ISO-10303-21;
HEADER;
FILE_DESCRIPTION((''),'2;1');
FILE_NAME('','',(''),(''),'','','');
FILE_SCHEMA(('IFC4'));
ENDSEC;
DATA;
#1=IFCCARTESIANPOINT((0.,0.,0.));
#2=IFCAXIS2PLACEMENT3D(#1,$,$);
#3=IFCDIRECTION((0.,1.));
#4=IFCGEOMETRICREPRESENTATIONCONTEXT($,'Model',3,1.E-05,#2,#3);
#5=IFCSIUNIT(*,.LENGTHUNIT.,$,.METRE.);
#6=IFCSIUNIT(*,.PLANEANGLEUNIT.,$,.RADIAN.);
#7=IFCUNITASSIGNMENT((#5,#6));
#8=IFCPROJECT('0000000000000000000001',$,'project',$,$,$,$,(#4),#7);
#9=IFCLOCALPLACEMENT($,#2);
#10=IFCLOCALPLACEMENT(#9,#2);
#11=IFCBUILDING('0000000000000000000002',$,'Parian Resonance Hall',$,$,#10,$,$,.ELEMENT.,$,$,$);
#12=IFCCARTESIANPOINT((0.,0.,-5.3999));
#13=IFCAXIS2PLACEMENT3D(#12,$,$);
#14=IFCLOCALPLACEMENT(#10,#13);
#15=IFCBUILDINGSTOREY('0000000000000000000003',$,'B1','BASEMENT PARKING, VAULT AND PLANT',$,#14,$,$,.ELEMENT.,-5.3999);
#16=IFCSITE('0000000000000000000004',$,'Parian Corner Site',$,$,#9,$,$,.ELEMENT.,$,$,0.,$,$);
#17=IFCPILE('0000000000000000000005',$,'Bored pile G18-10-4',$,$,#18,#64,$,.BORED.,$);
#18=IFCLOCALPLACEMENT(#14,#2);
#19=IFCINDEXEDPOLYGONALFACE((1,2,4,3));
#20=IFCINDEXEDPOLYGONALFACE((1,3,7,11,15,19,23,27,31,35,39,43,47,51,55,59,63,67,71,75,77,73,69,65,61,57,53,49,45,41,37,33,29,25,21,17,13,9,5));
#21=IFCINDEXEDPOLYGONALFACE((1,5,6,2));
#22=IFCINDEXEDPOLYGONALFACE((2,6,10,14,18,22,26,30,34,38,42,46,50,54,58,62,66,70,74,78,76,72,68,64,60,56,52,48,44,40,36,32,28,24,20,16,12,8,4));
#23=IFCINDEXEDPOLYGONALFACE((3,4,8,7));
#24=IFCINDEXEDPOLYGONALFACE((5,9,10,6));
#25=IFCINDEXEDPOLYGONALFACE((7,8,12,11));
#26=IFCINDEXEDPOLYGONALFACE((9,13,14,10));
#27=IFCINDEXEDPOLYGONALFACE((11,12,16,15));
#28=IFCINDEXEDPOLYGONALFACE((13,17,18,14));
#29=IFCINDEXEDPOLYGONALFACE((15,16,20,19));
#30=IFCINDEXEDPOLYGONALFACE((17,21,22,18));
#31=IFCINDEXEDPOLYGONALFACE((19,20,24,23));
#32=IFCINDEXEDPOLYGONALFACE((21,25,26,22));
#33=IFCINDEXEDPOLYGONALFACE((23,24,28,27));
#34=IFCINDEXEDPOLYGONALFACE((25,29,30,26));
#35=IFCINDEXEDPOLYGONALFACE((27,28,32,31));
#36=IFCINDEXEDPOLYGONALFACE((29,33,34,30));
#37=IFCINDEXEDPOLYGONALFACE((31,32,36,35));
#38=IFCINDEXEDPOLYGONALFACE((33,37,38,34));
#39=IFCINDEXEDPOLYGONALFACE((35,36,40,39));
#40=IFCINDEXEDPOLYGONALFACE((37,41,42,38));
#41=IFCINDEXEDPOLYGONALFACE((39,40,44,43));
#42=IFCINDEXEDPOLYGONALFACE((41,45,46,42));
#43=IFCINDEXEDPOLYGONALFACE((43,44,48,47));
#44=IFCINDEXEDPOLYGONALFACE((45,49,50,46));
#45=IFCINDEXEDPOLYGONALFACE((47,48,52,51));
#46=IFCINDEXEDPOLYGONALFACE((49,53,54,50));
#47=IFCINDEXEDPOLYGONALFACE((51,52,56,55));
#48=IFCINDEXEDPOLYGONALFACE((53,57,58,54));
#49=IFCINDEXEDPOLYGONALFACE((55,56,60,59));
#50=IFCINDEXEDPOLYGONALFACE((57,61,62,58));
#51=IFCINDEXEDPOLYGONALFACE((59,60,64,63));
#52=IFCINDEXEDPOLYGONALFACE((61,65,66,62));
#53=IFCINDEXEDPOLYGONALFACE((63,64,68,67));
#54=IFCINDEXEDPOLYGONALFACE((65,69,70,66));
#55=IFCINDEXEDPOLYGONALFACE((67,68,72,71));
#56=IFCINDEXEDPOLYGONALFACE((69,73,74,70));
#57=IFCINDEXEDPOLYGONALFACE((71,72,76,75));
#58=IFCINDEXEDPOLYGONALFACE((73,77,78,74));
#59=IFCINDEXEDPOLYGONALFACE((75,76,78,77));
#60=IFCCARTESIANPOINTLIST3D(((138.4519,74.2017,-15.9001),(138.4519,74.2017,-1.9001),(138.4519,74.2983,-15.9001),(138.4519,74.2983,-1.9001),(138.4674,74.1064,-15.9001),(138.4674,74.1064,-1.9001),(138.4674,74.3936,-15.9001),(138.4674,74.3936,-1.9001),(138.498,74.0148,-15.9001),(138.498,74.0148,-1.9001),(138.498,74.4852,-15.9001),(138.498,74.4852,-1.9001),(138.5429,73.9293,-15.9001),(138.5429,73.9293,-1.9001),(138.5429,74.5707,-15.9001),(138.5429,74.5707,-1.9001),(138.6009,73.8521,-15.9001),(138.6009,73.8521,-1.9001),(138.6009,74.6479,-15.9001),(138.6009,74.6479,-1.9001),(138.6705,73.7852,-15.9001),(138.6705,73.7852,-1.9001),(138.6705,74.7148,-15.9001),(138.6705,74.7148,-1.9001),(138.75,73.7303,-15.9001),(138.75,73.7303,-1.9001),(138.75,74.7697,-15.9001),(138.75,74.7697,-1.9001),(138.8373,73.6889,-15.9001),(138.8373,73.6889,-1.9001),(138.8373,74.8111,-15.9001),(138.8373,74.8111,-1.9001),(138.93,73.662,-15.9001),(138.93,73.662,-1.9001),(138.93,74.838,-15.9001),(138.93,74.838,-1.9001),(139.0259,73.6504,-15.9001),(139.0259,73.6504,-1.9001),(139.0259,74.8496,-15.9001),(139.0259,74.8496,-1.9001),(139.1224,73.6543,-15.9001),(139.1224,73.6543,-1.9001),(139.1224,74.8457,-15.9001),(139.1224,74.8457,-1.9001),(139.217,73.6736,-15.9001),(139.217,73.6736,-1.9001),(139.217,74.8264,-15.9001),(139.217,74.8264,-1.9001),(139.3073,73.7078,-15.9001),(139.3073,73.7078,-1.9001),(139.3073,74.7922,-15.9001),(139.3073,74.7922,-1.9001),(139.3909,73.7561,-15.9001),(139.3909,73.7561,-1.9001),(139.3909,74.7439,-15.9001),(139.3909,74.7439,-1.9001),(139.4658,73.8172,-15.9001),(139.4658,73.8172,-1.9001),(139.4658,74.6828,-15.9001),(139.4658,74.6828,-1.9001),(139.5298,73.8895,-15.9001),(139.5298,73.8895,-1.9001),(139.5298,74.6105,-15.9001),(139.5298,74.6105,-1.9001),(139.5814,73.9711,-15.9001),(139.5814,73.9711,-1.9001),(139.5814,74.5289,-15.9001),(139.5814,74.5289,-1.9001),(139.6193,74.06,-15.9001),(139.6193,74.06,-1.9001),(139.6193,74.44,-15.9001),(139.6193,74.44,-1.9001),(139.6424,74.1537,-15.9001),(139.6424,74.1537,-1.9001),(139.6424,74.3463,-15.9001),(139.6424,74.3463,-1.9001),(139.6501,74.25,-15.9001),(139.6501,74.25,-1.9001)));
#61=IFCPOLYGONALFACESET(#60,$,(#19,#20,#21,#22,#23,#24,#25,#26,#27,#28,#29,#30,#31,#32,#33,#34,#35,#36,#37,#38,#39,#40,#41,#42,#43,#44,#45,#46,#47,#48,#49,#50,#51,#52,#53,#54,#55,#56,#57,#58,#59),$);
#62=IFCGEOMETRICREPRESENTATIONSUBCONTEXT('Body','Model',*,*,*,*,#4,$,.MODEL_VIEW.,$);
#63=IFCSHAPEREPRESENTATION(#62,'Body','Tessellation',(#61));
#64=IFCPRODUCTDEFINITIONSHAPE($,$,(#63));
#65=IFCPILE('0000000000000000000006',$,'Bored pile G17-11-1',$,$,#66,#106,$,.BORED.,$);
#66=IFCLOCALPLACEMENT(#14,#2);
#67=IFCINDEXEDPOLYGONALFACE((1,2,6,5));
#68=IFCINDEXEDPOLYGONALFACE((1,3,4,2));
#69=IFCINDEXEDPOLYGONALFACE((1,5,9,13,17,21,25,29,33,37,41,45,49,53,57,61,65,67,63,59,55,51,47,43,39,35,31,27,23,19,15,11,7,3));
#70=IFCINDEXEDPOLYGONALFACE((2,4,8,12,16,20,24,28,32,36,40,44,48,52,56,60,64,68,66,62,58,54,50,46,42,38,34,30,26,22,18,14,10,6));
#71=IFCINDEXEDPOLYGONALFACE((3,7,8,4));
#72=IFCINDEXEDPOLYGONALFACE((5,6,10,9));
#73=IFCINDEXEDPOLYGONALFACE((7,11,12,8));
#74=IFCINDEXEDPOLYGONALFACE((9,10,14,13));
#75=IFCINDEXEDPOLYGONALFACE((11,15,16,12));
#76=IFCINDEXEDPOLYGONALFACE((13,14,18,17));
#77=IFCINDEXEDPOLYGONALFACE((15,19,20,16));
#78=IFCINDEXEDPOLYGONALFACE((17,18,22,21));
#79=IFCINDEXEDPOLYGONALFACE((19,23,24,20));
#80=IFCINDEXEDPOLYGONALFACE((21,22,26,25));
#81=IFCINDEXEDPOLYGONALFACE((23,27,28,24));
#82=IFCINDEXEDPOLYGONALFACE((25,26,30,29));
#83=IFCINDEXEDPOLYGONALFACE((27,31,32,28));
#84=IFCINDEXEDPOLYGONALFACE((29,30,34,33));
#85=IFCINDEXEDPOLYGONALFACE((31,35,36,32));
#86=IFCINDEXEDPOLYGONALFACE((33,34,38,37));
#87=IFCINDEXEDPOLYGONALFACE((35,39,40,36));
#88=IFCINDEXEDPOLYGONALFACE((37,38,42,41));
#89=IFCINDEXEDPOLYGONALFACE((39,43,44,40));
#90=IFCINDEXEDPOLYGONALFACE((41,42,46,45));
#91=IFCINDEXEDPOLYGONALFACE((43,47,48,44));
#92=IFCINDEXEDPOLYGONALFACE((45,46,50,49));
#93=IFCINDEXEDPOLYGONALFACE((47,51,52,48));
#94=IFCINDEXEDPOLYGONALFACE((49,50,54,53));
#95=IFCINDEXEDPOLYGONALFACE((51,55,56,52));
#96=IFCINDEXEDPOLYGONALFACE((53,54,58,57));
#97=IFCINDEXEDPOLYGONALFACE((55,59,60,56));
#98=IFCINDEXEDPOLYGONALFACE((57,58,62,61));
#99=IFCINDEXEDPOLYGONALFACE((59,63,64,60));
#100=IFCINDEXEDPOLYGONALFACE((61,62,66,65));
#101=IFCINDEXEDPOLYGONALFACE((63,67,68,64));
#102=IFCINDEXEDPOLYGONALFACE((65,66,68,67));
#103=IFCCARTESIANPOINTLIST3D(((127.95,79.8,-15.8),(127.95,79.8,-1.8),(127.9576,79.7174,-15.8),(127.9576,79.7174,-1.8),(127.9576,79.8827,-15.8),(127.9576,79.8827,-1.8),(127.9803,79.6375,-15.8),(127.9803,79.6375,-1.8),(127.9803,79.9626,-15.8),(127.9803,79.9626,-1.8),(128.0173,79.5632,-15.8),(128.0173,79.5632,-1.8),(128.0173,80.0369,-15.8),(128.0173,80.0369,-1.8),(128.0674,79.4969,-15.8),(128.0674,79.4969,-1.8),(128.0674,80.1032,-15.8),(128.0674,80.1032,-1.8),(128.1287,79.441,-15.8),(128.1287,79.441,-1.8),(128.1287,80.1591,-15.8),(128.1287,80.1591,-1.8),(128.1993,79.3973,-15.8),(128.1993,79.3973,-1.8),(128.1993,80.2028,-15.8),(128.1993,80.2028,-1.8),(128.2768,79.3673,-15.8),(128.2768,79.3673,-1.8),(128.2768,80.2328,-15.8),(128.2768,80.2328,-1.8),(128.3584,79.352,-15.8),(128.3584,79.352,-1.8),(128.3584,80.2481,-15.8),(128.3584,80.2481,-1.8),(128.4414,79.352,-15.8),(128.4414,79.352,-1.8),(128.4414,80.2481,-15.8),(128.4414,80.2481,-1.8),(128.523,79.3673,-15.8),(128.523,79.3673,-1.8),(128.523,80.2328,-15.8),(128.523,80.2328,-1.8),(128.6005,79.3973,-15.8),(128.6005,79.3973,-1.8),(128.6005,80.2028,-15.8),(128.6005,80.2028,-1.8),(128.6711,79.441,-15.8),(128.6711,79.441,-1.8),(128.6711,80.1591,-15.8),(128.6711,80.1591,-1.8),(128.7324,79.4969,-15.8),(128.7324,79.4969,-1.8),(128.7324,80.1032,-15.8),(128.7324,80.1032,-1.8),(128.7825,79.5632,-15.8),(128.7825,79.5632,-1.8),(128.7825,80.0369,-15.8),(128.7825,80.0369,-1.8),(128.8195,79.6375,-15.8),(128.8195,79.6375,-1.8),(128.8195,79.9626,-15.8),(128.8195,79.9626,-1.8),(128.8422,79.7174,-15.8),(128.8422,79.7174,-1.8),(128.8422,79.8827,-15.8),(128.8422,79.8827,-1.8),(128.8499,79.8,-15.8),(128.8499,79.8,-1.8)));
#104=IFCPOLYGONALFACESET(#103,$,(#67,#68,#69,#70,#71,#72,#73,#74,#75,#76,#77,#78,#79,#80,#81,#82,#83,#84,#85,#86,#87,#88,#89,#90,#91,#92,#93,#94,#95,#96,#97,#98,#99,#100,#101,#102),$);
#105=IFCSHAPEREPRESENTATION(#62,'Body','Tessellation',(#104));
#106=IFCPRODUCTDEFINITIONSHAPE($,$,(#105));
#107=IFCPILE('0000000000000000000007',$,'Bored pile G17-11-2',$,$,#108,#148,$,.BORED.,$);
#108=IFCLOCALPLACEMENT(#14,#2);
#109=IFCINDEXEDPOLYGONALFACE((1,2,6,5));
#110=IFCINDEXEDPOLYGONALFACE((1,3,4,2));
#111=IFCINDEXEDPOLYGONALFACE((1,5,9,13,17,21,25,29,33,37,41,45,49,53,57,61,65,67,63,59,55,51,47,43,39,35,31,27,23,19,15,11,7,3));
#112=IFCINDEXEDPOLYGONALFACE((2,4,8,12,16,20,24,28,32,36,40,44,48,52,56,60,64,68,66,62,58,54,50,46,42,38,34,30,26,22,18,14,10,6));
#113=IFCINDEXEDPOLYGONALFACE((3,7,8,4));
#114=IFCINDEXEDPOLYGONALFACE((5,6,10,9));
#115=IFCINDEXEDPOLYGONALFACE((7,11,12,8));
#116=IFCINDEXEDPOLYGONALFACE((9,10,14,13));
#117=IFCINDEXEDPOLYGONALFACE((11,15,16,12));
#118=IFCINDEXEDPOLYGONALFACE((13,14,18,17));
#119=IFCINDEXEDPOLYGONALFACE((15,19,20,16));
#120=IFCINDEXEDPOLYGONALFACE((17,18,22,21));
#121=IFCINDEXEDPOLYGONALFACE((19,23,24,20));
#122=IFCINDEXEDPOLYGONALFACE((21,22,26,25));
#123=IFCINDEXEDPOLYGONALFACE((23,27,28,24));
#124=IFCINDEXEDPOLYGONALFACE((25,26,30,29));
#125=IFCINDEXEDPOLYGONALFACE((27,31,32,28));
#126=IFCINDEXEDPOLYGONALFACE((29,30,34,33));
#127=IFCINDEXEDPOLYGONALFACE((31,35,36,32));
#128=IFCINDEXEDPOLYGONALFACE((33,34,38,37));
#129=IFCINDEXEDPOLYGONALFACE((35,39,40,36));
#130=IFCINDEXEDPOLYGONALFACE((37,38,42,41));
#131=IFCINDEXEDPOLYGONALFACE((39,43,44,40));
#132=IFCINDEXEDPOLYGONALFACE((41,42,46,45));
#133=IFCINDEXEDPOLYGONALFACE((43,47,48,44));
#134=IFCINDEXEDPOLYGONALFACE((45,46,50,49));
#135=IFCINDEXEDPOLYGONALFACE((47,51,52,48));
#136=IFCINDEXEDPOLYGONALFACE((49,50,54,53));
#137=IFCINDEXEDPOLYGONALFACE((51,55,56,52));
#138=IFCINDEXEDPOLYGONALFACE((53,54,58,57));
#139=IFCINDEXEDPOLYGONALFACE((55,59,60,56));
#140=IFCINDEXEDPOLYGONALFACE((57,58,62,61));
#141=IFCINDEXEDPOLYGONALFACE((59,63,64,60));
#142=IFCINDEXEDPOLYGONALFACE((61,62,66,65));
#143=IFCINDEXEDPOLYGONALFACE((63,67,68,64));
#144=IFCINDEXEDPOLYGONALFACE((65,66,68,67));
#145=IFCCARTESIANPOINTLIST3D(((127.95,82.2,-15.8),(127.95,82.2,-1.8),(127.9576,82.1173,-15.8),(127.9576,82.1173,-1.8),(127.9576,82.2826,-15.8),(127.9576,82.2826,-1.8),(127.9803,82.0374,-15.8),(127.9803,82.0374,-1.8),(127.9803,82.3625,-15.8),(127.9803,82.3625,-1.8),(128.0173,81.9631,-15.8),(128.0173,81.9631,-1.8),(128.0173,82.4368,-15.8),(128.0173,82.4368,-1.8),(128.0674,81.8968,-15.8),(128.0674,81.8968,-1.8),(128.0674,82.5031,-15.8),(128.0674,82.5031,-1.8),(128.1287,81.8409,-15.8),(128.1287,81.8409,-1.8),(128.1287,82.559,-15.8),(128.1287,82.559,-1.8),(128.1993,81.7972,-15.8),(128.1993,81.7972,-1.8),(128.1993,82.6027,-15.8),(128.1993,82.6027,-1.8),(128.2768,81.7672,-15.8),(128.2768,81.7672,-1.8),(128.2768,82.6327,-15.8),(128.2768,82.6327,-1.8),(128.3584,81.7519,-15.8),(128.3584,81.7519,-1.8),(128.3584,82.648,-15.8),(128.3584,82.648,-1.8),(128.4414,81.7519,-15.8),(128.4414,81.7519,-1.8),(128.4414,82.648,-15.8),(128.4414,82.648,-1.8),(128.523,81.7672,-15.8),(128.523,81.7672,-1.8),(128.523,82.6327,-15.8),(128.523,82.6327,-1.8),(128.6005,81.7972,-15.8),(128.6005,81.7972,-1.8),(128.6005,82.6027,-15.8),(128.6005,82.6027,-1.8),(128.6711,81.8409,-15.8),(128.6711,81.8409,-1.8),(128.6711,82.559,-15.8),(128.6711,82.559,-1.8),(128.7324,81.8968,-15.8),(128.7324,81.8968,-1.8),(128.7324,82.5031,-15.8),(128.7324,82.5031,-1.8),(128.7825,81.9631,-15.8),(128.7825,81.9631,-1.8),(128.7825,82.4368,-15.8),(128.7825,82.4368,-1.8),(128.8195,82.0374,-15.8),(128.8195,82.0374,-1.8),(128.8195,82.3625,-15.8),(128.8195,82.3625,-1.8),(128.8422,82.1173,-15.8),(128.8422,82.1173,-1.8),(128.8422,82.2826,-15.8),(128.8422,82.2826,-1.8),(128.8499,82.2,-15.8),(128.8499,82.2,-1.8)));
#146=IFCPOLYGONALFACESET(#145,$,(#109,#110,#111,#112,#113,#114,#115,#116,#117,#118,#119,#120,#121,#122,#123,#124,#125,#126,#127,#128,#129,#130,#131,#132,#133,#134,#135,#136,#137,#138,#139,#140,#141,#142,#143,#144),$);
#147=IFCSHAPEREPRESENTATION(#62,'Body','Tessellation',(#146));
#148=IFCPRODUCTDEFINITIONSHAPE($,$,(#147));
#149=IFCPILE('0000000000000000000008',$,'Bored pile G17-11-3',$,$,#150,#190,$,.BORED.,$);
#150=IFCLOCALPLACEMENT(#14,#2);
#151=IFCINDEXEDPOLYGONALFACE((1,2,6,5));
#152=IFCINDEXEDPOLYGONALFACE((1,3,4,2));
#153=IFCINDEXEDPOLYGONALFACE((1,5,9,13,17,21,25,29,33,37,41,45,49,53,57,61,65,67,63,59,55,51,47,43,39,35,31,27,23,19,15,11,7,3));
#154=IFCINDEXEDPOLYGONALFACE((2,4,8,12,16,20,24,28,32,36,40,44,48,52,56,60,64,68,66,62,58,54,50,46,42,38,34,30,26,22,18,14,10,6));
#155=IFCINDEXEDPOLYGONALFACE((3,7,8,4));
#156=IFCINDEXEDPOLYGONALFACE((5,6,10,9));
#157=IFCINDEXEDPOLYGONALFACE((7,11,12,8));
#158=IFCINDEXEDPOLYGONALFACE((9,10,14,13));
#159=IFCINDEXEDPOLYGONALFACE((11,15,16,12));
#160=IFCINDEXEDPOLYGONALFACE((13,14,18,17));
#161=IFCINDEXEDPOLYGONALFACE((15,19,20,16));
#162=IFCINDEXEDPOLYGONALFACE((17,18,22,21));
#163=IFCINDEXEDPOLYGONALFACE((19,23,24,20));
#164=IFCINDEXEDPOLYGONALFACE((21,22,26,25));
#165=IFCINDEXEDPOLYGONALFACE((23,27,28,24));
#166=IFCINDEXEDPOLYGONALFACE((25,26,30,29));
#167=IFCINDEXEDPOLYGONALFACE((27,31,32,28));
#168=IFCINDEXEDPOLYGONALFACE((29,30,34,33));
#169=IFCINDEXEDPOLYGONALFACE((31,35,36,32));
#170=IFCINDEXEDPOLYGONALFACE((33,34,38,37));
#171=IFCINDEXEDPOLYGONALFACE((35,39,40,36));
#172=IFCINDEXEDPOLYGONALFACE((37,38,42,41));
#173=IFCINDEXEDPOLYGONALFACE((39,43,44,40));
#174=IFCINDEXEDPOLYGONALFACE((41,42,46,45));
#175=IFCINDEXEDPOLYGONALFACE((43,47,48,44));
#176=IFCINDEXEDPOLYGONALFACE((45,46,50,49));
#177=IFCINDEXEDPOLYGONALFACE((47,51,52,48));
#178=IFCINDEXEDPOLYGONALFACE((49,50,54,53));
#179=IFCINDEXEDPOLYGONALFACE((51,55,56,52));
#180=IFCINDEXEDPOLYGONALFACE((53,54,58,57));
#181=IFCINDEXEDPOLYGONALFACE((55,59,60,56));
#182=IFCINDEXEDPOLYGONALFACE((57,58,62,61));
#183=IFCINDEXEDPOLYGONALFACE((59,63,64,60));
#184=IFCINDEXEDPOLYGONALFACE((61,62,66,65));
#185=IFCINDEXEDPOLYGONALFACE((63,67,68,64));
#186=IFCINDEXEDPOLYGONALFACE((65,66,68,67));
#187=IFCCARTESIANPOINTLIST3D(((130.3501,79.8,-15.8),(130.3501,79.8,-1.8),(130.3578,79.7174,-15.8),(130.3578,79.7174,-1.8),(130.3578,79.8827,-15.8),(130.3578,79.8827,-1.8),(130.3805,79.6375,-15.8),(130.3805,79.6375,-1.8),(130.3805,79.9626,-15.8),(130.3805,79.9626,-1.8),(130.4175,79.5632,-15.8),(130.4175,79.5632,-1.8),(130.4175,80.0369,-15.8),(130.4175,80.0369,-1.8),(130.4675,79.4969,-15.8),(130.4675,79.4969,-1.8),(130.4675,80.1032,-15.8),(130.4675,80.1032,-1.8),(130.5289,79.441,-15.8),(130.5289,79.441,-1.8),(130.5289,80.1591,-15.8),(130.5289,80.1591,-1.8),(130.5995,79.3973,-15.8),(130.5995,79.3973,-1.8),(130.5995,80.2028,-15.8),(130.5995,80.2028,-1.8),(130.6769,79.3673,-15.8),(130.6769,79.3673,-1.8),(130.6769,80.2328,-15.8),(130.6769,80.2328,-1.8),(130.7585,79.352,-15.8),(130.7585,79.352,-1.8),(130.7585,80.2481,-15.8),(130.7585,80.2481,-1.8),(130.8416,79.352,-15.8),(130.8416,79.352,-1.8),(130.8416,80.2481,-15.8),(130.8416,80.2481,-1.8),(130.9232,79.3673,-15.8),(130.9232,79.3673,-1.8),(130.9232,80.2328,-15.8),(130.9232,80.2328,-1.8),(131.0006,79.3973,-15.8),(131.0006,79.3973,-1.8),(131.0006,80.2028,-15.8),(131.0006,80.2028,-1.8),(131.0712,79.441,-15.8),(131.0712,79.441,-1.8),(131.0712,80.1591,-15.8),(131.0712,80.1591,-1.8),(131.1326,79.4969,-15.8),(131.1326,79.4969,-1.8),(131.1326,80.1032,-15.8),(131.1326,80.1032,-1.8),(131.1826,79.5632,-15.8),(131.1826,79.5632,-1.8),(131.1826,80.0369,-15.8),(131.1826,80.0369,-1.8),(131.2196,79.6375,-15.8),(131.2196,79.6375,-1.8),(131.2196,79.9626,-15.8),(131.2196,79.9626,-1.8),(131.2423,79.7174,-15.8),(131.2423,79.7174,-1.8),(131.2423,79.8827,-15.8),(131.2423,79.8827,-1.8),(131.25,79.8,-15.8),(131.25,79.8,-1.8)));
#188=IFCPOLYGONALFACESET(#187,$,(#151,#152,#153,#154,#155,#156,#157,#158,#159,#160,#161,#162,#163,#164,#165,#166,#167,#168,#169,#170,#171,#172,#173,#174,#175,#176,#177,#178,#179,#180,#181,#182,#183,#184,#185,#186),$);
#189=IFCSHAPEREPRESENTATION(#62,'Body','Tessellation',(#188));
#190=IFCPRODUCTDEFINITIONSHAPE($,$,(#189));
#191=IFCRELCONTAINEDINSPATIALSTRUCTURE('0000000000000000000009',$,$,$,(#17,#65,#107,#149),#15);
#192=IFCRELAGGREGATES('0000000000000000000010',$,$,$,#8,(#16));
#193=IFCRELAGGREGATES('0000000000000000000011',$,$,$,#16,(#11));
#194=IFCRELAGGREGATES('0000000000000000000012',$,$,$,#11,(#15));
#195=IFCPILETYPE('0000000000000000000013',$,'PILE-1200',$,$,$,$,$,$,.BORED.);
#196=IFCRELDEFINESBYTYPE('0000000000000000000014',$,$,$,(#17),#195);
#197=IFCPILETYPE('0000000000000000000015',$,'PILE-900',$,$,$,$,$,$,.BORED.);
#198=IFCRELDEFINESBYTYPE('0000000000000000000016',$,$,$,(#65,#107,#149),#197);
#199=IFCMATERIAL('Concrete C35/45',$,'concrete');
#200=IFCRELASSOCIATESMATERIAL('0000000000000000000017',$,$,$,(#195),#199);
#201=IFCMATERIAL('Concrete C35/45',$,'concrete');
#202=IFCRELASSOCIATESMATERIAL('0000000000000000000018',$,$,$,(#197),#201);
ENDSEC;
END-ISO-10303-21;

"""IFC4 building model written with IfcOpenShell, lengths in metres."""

from ifc_helpers import new_model, si_unit, direction, frame, origin, origin_2d, place, context, subcontext, project, spatial, circle, extrude, material, material_profile, profile_set, type_object, element, save


model = new_model("IFC4")

# Units and contexts
model_context = context("Model", 3, precision=1e-05, world=origin(), true_north=direction((0.0, 1.0)))
body_context = subcontext(model_context, "Body", "Model", "MODEL_VIEW")
ifc_project = project(units=[si_unit("LENGTHUNIT", "METRE"), si_unit("PLANEANGLEUNIT", "RADIAN")], contexts=[model_context])

# Site, building, storey
site_placement = place(None, origin())
site = spatial("IfcSite", under=ifc_project, at=site_placement, Name="Parian Corner Site", CompositionType="ELEMENT", RefElevation=0.0)
building_placement = place(site_placement, origin())
building = spatial("IfcBuilding", under=site, at=building_placement, Name="Parian Resonance Hall", CompositionType="ELEMENT")
storey_placement = place(building_placement, frame((0.0, 0.0, -5.3999)))
storey = spatial("IfcBuildingStorey", under=building, at=storey_placement, Name="B1", Description="BASEMENT PARKING, VAULT AND PLANT", CompositionType="ELEMENT", Elevation=-5.3999)

# Piles
ifc_material_1 = material(Name="Concrete C35/45", Category="concrete")
ifc_material_profile_1 = material_profile(ifc_material_1, circle(Radius=0.6001, at=origin_2d()), Name="PILE-D1200")
ifc_profile_set_1 = profile_set([ifc_material_profile_1], Name="Concrete C35/45")
pile_type_1 = type_object("IfcPileType", Name="PILE-1200", PredefinedType="BORED", material=ifc_profile_set_1)
for number, where, z_axis, x_axis, name in (
    (1, (139.05, 74.25, -1.9001), (0.0, 0.0, -1.0), (1.0, 0.0, 0.0), "Bored pile G18-10-4"),
):
    element("IfcPile", number, at=place(storey_placement, frame(where, z_axis=z_axis, x_axis=x_axis)), inside=storey, type_object=pile_type_1, Name=name, PredefinedType="BORED", context=body_context, shape_type="SweptSolid", body=[
        extrude(circle(Radius=0.6001, at=origin_2d()), origin(), (0.0, 0.0, 1.0), 14.0),
    ])
ifc_material_2 = material(Name="Concrete C35/45", Category="concrete")
ifc_material_profile_2 = material_profile(ifc_material_2, circle(Radius=0.45, at=origin_2d()), Name="PILE-D900")
ifc_profile_set_2 = profile_set([ifc_material_profile_2], Name="Concrete C35/45")
pile_type_2 = type_object("IfcPileType", Name="PILE-900", PredefinedType="BORED", material=ifc_profile_set_2)
for number, where, z_axis, x_axis, name in (
    (2, (128.3999, 79.8, -1.8), (0.0, 0.0, -1.0), (1.0, 0.0, 0.0), "Bored pile G17-11-1"),
    (3, (128.3999, 82.2, -1.8), (0.0, 0.0, -1.0), (1.0, 0.0, 0.0), "Bored pile G17-11-2"),
    (4, (130.8, 79.8, -1.8), (0.0, 0.0, -1.0), (1.0, 0.0, 0.0), "Bored pile G17-11-3"),
):
    element("IfcPile", number, at=place(storey_placement, frame(where, z_axis=z_axis, x_axis=x_axis)), inside=storey, type_object=pile_type_2, Name=name, PredefinedType="BORED", context=body_context, shape_type="SweptSolid", body=[
        extrude(circle(Radius=0.45, at=origin_2d()), origin(), (0.0, 0.0, 1.0), 14.0),
    ])

save(model, "model.ifc")
